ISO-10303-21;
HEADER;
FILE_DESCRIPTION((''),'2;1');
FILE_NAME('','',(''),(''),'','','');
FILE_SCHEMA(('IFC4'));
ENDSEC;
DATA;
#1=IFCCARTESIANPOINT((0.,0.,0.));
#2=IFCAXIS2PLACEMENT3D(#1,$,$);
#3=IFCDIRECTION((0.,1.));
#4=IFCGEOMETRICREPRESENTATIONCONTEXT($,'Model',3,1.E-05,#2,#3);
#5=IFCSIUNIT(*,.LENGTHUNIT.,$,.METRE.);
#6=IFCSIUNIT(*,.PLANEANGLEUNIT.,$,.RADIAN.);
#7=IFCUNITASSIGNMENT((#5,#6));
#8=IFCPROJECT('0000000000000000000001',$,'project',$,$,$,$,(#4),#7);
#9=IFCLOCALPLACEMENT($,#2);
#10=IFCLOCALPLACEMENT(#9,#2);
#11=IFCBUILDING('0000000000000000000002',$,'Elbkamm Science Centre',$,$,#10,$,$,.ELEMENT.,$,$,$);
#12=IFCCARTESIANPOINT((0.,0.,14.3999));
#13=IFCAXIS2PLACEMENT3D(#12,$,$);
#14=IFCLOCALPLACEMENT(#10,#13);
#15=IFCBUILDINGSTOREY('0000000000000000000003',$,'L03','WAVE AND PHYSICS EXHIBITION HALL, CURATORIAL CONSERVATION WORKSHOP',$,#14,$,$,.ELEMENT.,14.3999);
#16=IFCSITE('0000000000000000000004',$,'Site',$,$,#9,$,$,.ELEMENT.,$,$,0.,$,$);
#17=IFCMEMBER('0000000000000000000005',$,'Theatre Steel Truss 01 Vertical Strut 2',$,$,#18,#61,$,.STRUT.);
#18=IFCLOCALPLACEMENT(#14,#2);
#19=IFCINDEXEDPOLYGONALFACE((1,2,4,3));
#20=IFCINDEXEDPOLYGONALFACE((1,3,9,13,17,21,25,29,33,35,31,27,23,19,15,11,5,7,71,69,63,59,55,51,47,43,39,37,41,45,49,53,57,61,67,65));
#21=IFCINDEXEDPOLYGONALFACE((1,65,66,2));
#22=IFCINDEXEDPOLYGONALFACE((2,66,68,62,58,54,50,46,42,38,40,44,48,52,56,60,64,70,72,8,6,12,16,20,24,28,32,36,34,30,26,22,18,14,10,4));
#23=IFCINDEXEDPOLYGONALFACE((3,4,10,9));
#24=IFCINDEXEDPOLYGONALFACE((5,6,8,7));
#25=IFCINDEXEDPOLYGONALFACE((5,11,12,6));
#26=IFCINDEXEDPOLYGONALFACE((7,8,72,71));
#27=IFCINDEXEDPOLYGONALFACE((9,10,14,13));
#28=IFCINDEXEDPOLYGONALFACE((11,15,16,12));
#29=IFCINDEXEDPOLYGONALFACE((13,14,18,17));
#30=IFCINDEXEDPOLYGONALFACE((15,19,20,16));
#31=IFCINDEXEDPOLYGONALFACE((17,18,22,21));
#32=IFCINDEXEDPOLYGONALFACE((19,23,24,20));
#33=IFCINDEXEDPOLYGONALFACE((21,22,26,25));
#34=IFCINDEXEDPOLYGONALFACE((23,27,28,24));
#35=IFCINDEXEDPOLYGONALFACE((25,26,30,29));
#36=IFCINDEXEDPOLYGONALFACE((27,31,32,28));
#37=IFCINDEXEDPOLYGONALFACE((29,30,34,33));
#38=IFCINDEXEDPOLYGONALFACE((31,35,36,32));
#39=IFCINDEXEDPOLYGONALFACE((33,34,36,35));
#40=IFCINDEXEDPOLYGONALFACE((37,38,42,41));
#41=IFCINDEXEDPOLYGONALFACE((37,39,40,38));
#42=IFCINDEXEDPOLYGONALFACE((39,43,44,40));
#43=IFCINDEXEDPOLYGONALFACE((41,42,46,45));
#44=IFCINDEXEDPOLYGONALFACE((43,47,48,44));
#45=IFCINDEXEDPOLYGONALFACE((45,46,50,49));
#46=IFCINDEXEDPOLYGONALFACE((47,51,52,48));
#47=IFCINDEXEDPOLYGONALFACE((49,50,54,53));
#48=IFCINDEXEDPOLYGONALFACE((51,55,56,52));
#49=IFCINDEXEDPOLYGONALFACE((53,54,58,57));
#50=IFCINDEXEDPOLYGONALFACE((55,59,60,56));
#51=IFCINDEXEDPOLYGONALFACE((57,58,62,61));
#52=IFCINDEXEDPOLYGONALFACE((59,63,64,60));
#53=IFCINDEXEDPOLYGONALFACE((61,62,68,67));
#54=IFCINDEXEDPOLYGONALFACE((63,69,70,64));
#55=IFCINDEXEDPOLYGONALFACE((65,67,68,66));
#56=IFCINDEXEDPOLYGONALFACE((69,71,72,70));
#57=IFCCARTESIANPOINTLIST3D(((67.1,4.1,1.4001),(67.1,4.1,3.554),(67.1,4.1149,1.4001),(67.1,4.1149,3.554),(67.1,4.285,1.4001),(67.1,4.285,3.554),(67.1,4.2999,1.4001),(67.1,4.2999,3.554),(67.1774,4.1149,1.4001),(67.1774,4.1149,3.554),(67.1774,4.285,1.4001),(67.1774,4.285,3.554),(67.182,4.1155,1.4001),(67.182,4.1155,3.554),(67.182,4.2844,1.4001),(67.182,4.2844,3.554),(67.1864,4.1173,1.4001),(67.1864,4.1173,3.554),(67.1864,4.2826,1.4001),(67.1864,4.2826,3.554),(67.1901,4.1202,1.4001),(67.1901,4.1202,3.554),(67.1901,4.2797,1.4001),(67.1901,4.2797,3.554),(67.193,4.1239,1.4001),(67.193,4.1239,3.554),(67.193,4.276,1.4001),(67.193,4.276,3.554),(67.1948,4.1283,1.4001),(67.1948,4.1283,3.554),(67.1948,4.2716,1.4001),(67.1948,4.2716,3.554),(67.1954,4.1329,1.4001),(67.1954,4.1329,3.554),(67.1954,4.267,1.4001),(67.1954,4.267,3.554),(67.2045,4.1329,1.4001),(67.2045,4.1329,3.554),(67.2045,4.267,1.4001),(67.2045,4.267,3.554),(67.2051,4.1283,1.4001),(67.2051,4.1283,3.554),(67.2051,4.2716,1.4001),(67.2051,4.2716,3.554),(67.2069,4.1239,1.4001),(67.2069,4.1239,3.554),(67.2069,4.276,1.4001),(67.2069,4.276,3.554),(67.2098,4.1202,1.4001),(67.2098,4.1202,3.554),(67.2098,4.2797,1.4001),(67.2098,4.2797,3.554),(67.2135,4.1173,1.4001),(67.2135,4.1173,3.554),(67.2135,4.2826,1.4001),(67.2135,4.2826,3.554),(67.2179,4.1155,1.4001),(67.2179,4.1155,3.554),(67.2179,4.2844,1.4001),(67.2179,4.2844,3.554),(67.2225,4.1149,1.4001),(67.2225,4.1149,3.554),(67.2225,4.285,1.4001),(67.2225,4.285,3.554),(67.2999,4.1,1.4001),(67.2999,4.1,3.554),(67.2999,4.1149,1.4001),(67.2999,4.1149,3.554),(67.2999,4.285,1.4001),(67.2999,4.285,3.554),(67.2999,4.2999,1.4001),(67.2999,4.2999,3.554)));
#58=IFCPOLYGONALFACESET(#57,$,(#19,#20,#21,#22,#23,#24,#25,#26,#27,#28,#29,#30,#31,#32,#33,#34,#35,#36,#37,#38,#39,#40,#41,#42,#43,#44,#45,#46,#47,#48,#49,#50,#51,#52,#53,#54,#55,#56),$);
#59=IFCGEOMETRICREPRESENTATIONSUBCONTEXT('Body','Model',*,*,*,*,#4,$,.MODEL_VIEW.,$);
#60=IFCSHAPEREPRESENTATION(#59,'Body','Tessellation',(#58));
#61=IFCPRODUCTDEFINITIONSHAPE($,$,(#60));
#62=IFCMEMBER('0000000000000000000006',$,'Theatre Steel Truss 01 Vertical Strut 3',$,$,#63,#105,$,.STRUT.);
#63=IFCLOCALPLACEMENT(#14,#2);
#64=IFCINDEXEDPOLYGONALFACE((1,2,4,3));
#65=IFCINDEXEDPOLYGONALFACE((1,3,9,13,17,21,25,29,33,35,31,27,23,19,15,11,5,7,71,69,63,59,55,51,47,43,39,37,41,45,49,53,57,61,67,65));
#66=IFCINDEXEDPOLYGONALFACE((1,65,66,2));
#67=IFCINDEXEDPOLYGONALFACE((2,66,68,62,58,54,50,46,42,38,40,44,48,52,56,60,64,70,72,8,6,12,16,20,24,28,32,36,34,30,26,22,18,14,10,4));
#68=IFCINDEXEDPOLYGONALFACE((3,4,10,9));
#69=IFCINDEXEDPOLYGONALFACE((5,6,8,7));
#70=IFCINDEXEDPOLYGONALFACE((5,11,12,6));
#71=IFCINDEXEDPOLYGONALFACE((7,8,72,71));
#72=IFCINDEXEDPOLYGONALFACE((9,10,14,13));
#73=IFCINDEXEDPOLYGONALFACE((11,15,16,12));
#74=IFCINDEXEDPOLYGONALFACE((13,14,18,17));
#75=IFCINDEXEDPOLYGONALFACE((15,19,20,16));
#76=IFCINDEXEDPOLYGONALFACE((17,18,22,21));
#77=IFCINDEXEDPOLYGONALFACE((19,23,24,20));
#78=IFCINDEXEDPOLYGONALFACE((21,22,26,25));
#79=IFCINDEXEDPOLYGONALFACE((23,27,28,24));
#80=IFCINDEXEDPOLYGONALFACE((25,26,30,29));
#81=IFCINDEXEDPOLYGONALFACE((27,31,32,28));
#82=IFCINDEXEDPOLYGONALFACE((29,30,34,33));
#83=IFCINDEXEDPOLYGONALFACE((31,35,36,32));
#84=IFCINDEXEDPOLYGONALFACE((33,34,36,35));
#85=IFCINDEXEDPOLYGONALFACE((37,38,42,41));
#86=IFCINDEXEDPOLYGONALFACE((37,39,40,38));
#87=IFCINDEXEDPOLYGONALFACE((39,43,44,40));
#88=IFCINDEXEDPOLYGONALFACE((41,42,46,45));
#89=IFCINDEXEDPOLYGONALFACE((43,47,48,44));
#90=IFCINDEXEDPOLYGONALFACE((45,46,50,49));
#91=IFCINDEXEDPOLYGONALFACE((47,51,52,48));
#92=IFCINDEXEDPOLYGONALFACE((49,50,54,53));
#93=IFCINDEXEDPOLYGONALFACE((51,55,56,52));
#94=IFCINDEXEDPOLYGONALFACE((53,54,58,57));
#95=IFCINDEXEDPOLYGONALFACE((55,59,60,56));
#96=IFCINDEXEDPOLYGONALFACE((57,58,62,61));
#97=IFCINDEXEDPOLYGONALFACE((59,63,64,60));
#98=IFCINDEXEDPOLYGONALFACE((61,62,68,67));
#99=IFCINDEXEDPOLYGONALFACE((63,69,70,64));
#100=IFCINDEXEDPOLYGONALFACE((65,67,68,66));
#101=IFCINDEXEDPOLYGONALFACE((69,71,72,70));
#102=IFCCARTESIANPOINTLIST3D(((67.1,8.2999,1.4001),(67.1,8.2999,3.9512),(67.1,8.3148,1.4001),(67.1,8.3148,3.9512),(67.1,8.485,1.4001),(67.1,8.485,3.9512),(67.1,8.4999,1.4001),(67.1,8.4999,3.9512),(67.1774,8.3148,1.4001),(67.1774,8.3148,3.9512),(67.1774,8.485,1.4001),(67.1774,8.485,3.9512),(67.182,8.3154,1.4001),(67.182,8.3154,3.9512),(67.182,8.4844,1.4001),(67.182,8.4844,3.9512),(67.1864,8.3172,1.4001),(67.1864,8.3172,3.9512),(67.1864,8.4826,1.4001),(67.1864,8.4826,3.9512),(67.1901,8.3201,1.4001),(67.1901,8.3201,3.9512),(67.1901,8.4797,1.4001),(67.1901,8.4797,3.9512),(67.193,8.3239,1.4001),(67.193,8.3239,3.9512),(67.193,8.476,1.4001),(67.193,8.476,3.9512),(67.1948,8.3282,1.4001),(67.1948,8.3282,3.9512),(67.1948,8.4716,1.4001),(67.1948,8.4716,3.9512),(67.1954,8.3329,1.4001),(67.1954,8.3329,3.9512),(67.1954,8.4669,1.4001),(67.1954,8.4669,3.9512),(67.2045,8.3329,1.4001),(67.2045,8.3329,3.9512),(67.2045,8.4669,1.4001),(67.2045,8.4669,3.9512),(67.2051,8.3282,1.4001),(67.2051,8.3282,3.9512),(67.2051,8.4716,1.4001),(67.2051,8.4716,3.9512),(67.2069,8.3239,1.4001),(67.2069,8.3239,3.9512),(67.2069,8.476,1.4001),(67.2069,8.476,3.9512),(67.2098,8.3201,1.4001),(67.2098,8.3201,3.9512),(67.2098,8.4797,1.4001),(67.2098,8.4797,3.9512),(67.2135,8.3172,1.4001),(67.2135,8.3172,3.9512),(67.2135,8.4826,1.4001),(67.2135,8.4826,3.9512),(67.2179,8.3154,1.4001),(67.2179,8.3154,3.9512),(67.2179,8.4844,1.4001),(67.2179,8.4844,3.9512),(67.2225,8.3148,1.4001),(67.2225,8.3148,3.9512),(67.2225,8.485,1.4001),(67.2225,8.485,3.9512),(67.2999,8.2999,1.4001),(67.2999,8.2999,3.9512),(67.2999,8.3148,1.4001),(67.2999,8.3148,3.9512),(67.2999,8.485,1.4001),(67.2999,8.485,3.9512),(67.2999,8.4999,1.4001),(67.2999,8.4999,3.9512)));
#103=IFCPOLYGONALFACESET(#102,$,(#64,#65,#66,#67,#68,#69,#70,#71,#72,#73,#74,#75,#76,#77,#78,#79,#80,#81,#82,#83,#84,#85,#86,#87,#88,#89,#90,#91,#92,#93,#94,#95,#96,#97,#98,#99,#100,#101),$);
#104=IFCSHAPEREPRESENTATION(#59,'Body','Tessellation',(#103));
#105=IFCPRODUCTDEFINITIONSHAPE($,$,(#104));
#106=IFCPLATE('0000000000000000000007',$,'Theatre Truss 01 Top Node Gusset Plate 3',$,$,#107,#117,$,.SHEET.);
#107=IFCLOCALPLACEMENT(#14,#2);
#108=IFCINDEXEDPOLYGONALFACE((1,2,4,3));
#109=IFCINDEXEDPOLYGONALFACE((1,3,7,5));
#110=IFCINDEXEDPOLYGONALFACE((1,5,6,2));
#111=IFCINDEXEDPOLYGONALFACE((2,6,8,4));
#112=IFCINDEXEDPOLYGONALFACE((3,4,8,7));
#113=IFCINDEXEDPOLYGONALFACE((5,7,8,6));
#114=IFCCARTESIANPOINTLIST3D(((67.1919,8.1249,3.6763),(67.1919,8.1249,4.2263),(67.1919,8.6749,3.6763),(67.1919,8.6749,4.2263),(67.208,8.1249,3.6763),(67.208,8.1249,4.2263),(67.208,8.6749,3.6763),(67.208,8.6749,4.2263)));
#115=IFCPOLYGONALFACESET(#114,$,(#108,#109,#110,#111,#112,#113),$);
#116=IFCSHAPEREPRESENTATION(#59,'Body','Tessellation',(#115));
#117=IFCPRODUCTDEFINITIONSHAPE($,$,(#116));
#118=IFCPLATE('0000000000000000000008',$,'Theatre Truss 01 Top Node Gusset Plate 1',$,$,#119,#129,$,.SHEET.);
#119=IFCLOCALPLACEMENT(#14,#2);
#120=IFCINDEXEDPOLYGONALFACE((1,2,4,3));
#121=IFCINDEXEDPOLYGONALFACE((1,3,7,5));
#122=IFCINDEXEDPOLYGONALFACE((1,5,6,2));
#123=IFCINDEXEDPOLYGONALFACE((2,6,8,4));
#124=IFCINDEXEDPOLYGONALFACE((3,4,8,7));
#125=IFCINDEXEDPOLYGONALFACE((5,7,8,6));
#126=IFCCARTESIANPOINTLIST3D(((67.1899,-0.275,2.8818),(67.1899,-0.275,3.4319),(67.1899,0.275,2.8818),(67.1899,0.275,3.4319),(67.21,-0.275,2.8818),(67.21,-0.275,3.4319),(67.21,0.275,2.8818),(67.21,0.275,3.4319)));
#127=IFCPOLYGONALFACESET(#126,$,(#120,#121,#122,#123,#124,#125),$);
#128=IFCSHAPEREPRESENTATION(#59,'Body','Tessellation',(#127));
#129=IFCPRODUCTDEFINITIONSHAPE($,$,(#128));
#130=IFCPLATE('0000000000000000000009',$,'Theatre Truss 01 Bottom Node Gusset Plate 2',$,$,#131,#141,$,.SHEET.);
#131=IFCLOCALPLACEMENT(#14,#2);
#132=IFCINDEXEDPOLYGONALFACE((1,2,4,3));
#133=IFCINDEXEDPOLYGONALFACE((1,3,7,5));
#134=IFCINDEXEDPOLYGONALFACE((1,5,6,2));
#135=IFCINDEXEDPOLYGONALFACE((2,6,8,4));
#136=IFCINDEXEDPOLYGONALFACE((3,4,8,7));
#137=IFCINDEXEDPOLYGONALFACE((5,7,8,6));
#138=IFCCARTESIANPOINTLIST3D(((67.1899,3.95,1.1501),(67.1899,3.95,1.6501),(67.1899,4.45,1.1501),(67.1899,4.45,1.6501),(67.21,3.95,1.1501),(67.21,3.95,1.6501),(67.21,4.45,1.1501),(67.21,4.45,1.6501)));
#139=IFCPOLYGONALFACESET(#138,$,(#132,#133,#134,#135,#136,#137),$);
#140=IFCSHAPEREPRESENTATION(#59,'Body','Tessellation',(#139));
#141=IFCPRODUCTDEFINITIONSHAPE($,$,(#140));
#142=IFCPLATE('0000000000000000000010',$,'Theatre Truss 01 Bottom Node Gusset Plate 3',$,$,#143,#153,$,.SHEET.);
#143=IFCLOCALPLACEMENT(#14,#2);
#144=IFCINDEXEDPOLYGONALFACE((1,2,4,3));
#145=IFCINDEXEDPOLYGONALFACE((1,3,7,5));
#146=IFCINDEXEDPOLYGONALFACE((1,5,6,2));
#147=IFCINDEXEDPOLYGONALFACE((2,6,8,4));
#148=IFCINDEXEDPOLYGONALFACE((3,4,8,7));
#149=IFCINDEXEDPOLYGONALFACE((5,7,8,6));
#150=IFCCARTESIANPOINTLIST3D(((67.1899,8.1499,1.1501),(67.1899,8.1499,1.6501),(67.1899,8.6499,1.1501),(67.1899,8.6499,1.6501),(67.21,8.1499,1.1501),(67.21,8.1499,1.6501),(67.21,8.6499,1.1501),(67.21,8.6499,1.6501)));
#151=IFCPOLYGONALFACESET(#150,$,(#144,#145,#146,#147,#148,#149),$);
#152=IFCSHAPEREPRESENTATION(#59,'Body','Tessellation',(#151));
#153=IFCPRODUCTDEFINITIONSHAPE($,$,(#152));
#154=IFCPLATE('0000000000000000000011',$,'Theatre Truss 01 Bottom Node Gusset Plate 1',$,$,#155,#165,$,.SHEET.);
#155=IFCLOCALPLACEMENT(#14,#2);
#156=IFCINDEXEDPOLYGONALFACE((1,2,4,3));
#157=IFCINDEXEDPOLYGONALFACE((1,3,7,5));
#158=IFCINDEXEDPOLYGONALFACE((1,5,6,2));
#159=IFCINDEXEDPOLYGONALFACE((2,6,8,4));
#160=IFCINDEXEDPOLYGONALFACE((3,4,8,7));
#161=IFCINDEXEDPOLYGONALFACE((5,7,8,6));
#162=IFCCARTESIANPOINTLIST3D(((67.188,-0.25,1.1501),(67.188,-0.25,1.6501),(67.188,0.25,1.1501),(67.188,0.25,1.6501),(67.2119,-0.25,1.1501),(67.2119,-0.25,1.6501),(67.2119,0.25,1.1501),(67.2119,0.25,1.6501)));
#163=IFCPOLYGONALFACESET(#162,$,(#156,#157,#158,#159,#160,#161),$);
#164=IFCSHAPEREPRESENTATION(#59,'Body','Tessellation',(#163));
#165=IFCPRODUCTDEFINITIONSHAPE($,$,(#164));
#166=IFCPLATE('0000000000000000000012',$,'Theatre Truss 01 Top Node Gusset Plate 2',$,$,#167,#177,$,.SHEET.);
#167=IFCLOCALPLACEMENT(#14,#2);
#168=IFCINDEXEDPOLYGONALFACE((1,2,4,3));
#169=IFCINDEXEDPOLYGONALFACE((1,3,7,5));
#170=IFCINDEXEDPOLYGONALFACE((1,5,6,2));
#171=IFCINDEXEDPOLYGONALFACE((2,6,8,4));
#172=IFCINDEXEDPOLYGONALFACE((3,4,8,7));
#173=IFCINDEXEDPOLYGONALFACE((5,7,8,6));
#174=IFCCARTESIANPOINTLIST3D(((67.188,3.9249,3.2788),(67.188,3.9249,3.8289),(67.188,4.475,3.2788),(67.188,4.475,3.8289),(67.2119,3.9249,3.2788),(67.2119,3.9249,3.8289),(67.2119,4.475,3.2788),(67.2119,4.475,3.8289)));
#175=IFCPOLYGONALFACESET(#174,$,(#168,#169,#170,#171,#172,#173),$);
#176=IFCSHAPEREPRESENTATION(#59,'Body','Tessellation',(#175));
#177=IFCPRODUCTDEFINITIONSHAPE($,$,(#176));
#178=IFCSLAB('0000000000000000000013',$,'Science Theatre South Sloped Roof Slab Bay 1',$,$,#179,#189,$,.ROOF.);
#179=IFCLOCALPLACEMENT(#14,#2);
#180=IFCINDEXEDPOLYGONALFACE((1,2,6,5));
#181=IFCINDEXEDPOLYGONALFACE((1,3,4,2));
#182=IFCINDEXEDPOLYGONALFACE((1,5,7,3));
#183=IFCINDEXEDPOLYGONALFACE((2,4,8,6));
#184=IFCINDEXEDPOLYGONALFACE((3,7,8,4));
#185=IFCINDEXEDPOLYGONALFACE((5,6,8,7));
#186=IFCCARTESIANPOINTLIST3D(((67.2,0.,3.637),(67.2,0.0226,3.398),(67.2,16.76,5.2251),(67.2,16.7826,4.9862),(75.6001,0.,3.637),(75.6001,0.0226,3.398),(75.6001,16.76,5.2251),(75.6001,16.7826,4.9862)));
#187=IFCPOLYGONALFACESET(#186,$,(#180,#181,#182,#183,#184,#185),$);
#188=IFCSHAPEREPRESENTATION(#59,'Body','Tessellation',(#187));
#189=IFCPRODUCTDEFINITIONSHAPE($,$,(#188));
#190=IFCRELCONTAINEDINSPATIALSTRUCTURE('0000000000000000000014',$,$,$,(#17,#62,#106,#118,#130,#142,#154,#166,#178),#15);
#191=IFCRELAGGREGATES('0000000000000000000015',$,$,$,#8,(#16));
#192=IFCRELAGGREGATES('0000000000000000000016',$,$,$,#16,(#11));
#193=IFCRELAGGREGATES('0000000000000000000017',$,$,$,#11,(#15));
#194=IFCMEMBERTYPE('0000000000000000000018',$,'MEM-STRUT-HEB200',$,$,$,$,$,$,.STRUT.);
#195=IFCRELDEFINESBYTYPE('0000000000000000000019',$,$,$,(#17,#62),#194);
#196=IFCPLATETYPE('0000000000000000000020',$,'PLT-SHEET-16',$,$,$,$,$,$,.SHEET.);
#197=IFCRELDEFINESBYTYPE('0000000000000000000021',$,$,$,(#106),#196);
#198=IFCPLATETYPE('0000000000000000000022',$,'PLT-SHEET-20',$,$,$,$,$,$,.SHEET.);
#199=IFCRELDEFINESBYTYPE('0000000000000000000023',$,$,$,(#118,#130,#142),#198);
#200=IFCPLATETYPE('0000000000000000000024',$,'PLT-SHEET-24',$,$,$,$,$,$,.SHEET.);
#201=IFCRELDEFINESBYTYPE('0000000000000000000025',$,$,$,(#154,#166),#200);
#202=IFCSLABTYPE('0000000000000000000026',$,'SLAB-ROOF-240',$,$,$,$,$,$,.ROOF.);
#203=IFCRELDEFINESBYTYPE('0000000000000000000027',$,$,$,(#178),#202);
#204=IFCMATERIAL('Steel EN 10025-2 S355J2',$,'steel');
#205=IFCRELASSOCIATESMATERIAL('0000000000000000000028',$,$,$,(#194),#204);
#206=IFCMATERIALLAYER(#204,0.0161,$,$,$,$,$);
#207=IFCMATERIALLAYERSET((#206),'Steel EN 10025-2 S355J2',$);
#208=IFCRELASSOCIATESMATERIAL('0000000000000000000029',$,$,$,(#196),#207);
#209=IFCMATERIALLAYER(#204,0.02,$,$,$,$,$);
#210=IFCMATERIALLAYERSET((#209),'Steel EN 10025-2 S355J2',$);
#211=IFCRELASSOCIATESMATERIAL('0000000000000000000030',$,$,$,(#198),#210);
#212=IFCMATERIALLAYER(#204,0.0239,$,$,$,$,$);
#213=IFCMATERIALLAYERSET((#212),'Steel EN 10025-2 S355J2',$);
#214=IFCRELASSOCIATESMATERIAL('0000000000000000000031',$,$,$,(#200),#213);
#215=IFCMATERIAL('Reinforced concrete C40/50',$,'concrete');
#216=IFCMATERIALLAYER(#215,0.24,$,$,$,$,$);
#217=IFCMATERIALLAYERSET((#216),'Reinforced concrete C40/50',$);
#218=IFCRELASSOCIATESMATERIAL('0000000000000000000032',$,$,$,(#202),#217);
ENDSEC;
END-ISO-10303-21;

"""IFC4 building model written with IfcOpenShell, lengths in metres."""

from ifc_helpers import new_model, si_unit, direction, frame, origin, origin_2d, place, context, subcontext, project, spatial, polyline, rectangle, i_section, outline, extrude, material, layer, layer_set, material_profile, profile_set, type_object, element, save


model = new_model("IFC4")

# Units and contexts
model_context = context("Model", 3, precision=1e-05, world=origin(), true_north=direction((0.0, 1.0)))
body_context = subcontext(model_context, "Body", "Model", "MODEL_VIEW")
ifc_project = project(units=[si_unit("LENGTHUNIT", "METRE"), si_unit("PLANEANGLEUNIT", "RADIAN")], contexts=[model_context])

# Site, building, storey
site_placement = place(None, origin())
site = spatial("IfcSite", under=ifc_project, at=site_placement, Name="Site", CompositionType="ELEMENT", RefElevation=0.0)
building_placement = place(site_placement, origin())
building = spatial("IfcBuilding", under=site, at=building_placement, Name="Elbkamm Science Centre", CompositionType="ELEMENT")
storey_placement = place(building_placement, frame((0.0, 0.0, 14.3999)))
storey = spatial("IfcBuildingStorey", under=building, at=storey_placement, Name="L03", Description="WAVE AND PHYSICS EXHIBITION HALL, CURATORIAL CONSERVATION WORKSHOP", CompositionType="ELEMENT", Elevation=14.3999)

# Shared definitions
ifc_material_1 = material(Name="Steel EN 10025-2 S355J2", Category="steel")

# Members
ifc_material_profile_1 = material_profile(ifc_material_1, i_section(OverallWidth=0.2, OverallDepth=0.2, WebThickness=0.009, FlangeThickness=0.0149, FilletRadius=0.0181, at=origin_2d()), Name="HEB 200")
ifc_profile_set_1 = profile_set([ifc_material_profile_1], Name="Steel EN 10025-2 S355J2")
member_type_1 = type_object("IfcMemberType", Name="MEM-STRUT-HEB200", PredefinedType="STRUT", material=ifc_profile_set_1)
member_1_placement = place(storey_placement, frame((67.2, 4.2, 1.4001), z_axis=(0.0, 0.0, 1.0), x_axis=(1.0, 0.0, 0.0)))
element("IfcMember", 1, at=member_1_placement, inside=storey, type_object=member_type_1, Name="Theatre Steel Truss 01 Vertical Strut 2", PredefinedType="STRUT", context=body_context, shape_type="SweptSolid", body=[
    extrude(i_section(OverallWidth=0.2, OverallDepth=0.2, WebThickness=0.009, FlangeThickness=0.0149, FilletRadius=0.0181, at=origin_2d()), origin(), (0.0, 0.0, 1.0), 2.1538),
])
member_2_placement = place(storey_placement, frame((67.2, 8.3999, 1.4001), z_axis=(0.0, 0.0, 1.0), x_axis=(1.0, 0.0, 0.0)))
element("IfcMember", 2, at=member_2_placement, inside=storey, type_object=member_type_1, Name="Theatre Steel Truss 01 Vertical Strut 3", PredefinedType="STRUT", context=body_context, shape_type="SweptSolid", body=[
    extrude(i_section(OverallWidth=0.2, OverallDepth=0.2, WebThickness=0.009, FlangeThickness=0.0149, FilletRadius=0.0181, at=origin_2d()), origin(), (0.0, 0.0, 1.0), 2.551),
])

# Plates
ifc_layer_1 = layer(ifc_material_1, 0.0161)
ifc_layer_set_1 = layer_set([ifc_layer_1], Name="Steel EN 10025-2 S355J2")
plate_type_1 = type_object("IfcPlateType", Name="PLT-SHEET-16", PredefinedType="SHEET", material=ifc_layer_set_1)
plate_1_placement = place(storey_placement, frame((67.2, 8.3999, 3.6763), z_axis=(0.0, 0.0, 1.0), x_axis=(1.0, 0.0, 0.0)))
element("IfcPlate", 3, at=plate_1_placement, inside=storey, type_object=plate_type_1, Name="Theatre Truss 01 Top Node Gusset Plate 3", PredefinedType="SHEET", context=body_context, shape_type="SweptSolid", body=[
    extrude(rectangle(XDim=0.0161, YDim=0.55, at=origin_2d()), origin(), (0.0, 0.0, 1.0), 0.55),
])
ifc_layer_2 = layer(ifc_material_1, 0.02)
ifc_layer_set_2 = layer_set([ifc_layer_2], Name="Steel EN 10025-2 S355J2")
plate_type_2 = type_object("IfcPlateType", Name="PLT-SHEET-20", PredefinedType="SHEET", material=ifc_layer_set_2)
plate_2_placement = place(storey_placement, frame((67.2, 0.0, 2.8818), z_axis=(0.0, 0.0, 1.0), x_axis=(1.0, 0.0, 0.0)))
element("IfcPlate", 4, at=plate_2_placement, inside=storey, type_object=plate_type_2, Name="Theatre Truss 01 Top Node Gusset Plate 1", PredefinedType="SHEET", context=body_context, shape_type="SweptSolid", body=[
    extrude(rectangle(XDim=0.02, YDim=0.55, at=origin_2d()), origin(), (0.0, 0.0, 1.0), 0.55),
])
for number, where, z_axis, x_axis, name in (
    (5, (67.2, 4.2, 1.1501), (0.0, 0.0, 1.0), (1.0, 0.0, 0.0), "Theatre Truss 01 Bottom Node Gusset Plate 2"),
    (6, (67.2, 8.3999, 1.1501), (0.0, 0.0, 1.0), (1.0, 0.0, 0.0), "Theatre Truss 01 Bottom Node Gusset Plate 3"),
):
    element("IfcPlate", number, at=place(storey_placement, frame(where, z_axis=z_axis, x_axis=x_axis)), inside=storey, type_object=plate_type_2, Name=name, PredefinedType="SHEET", context=body_context, shape_type="SweptSolid", body=[
        extrude(rectangle(XDim=0.02, YDim=0.5, at=origin_2d()), origin(), (0.0, 0.0, 1.0), 0.5),
    ])
ifc_layer_3 = layer(ifc_material_1, 0.0239)
ifc_layer_set_3 = layer_set([ifc_layer_3], Name="Steel EN 10025-2 S355J2")
plate_type_3 = type_object("IfcPlateType", Name="PLT-SHEET-24", PredefinedType="SHEET", material=ifc_layer_set_3)
plate_3_placement = place(storey_placement, frame((67.2, 0.0, 1.1501), z_axis=(0.0, 0.0, 1.0), x_axis=(1.0, 0.0, 0.0)))
element("IfcPlate", 7, at=plate_3_placement, inside=storey, type_object=plate_type_3, Name="Theatre Truss 01 Bottom Node Gusset Plate 1", PredefinedType="SHEET", context=body_context, shape_type="SweptSolid", body=[
    extrude(rectangle(XDim=0.0239, YDim=0.5, at=origin_2d()), origin(), (0.0, 0.0, 1.0), 0.5),
])
plate_4_placement = place(storey_placement, frame((67.2, 4.2, 3.2788), z_axis=(0.0, 0.0, 1.0), x_axis=(1.0, 0.0, 0.0)))
element("IfcPlate", 8, at=plate_4_placement, inside=storey, type_object=plate_type_3, Name="Theatre Truss 01 Top Node Gusset Plate 2", PredefinedType="SHEET", context=body_context, shape_type="SweptSolid", body=[
    extrude(rectangle(XDim=0.0239, YDim=0.55, at=origin_2d()), origin(), (0.0, 0.0, 1.0), 0.55),
])

# Slab
ifc_material_2 = material(Name="Reinforced concrete C40/50", Category="concrete")
ifc_layer_4 = layer(ifc_material_2, 0.24)
ifc_layer_set_4 = layer_set([ifc_layer_4], Name="Reinforced concrete C40/50")
slab_type = type_object("IfcSlabType", Name="SLAB-ROOF-240", PredefinedType="ROOF", material=ifc_layer_set_4)
slab_placement = place(storey_placement, frame((67.2, 0.0, 3.637), z_axis=(0.0, -0.094335, 0.995541), x_axis=(1.0, 0.0, 0.0)))
element("IfcSlab", 9, at=slab_placement, inside=storey, type_object=slab_type, Name="Science Theatre South Sloped Roof Slab Bay 1", PredefinedType="ROOF", context=body_context, shape_type="SweptSolid", body=[
    extrude(outline(polyline([(0.0, 0.0), (8.4001, 0.0), (8.4001, 16.8351), (0.0, 16.8351), (0.0, 0.0)])), origin(), (0.0, 0.0, -1.0), 0.24),
])

save(model, "model.ifc")
